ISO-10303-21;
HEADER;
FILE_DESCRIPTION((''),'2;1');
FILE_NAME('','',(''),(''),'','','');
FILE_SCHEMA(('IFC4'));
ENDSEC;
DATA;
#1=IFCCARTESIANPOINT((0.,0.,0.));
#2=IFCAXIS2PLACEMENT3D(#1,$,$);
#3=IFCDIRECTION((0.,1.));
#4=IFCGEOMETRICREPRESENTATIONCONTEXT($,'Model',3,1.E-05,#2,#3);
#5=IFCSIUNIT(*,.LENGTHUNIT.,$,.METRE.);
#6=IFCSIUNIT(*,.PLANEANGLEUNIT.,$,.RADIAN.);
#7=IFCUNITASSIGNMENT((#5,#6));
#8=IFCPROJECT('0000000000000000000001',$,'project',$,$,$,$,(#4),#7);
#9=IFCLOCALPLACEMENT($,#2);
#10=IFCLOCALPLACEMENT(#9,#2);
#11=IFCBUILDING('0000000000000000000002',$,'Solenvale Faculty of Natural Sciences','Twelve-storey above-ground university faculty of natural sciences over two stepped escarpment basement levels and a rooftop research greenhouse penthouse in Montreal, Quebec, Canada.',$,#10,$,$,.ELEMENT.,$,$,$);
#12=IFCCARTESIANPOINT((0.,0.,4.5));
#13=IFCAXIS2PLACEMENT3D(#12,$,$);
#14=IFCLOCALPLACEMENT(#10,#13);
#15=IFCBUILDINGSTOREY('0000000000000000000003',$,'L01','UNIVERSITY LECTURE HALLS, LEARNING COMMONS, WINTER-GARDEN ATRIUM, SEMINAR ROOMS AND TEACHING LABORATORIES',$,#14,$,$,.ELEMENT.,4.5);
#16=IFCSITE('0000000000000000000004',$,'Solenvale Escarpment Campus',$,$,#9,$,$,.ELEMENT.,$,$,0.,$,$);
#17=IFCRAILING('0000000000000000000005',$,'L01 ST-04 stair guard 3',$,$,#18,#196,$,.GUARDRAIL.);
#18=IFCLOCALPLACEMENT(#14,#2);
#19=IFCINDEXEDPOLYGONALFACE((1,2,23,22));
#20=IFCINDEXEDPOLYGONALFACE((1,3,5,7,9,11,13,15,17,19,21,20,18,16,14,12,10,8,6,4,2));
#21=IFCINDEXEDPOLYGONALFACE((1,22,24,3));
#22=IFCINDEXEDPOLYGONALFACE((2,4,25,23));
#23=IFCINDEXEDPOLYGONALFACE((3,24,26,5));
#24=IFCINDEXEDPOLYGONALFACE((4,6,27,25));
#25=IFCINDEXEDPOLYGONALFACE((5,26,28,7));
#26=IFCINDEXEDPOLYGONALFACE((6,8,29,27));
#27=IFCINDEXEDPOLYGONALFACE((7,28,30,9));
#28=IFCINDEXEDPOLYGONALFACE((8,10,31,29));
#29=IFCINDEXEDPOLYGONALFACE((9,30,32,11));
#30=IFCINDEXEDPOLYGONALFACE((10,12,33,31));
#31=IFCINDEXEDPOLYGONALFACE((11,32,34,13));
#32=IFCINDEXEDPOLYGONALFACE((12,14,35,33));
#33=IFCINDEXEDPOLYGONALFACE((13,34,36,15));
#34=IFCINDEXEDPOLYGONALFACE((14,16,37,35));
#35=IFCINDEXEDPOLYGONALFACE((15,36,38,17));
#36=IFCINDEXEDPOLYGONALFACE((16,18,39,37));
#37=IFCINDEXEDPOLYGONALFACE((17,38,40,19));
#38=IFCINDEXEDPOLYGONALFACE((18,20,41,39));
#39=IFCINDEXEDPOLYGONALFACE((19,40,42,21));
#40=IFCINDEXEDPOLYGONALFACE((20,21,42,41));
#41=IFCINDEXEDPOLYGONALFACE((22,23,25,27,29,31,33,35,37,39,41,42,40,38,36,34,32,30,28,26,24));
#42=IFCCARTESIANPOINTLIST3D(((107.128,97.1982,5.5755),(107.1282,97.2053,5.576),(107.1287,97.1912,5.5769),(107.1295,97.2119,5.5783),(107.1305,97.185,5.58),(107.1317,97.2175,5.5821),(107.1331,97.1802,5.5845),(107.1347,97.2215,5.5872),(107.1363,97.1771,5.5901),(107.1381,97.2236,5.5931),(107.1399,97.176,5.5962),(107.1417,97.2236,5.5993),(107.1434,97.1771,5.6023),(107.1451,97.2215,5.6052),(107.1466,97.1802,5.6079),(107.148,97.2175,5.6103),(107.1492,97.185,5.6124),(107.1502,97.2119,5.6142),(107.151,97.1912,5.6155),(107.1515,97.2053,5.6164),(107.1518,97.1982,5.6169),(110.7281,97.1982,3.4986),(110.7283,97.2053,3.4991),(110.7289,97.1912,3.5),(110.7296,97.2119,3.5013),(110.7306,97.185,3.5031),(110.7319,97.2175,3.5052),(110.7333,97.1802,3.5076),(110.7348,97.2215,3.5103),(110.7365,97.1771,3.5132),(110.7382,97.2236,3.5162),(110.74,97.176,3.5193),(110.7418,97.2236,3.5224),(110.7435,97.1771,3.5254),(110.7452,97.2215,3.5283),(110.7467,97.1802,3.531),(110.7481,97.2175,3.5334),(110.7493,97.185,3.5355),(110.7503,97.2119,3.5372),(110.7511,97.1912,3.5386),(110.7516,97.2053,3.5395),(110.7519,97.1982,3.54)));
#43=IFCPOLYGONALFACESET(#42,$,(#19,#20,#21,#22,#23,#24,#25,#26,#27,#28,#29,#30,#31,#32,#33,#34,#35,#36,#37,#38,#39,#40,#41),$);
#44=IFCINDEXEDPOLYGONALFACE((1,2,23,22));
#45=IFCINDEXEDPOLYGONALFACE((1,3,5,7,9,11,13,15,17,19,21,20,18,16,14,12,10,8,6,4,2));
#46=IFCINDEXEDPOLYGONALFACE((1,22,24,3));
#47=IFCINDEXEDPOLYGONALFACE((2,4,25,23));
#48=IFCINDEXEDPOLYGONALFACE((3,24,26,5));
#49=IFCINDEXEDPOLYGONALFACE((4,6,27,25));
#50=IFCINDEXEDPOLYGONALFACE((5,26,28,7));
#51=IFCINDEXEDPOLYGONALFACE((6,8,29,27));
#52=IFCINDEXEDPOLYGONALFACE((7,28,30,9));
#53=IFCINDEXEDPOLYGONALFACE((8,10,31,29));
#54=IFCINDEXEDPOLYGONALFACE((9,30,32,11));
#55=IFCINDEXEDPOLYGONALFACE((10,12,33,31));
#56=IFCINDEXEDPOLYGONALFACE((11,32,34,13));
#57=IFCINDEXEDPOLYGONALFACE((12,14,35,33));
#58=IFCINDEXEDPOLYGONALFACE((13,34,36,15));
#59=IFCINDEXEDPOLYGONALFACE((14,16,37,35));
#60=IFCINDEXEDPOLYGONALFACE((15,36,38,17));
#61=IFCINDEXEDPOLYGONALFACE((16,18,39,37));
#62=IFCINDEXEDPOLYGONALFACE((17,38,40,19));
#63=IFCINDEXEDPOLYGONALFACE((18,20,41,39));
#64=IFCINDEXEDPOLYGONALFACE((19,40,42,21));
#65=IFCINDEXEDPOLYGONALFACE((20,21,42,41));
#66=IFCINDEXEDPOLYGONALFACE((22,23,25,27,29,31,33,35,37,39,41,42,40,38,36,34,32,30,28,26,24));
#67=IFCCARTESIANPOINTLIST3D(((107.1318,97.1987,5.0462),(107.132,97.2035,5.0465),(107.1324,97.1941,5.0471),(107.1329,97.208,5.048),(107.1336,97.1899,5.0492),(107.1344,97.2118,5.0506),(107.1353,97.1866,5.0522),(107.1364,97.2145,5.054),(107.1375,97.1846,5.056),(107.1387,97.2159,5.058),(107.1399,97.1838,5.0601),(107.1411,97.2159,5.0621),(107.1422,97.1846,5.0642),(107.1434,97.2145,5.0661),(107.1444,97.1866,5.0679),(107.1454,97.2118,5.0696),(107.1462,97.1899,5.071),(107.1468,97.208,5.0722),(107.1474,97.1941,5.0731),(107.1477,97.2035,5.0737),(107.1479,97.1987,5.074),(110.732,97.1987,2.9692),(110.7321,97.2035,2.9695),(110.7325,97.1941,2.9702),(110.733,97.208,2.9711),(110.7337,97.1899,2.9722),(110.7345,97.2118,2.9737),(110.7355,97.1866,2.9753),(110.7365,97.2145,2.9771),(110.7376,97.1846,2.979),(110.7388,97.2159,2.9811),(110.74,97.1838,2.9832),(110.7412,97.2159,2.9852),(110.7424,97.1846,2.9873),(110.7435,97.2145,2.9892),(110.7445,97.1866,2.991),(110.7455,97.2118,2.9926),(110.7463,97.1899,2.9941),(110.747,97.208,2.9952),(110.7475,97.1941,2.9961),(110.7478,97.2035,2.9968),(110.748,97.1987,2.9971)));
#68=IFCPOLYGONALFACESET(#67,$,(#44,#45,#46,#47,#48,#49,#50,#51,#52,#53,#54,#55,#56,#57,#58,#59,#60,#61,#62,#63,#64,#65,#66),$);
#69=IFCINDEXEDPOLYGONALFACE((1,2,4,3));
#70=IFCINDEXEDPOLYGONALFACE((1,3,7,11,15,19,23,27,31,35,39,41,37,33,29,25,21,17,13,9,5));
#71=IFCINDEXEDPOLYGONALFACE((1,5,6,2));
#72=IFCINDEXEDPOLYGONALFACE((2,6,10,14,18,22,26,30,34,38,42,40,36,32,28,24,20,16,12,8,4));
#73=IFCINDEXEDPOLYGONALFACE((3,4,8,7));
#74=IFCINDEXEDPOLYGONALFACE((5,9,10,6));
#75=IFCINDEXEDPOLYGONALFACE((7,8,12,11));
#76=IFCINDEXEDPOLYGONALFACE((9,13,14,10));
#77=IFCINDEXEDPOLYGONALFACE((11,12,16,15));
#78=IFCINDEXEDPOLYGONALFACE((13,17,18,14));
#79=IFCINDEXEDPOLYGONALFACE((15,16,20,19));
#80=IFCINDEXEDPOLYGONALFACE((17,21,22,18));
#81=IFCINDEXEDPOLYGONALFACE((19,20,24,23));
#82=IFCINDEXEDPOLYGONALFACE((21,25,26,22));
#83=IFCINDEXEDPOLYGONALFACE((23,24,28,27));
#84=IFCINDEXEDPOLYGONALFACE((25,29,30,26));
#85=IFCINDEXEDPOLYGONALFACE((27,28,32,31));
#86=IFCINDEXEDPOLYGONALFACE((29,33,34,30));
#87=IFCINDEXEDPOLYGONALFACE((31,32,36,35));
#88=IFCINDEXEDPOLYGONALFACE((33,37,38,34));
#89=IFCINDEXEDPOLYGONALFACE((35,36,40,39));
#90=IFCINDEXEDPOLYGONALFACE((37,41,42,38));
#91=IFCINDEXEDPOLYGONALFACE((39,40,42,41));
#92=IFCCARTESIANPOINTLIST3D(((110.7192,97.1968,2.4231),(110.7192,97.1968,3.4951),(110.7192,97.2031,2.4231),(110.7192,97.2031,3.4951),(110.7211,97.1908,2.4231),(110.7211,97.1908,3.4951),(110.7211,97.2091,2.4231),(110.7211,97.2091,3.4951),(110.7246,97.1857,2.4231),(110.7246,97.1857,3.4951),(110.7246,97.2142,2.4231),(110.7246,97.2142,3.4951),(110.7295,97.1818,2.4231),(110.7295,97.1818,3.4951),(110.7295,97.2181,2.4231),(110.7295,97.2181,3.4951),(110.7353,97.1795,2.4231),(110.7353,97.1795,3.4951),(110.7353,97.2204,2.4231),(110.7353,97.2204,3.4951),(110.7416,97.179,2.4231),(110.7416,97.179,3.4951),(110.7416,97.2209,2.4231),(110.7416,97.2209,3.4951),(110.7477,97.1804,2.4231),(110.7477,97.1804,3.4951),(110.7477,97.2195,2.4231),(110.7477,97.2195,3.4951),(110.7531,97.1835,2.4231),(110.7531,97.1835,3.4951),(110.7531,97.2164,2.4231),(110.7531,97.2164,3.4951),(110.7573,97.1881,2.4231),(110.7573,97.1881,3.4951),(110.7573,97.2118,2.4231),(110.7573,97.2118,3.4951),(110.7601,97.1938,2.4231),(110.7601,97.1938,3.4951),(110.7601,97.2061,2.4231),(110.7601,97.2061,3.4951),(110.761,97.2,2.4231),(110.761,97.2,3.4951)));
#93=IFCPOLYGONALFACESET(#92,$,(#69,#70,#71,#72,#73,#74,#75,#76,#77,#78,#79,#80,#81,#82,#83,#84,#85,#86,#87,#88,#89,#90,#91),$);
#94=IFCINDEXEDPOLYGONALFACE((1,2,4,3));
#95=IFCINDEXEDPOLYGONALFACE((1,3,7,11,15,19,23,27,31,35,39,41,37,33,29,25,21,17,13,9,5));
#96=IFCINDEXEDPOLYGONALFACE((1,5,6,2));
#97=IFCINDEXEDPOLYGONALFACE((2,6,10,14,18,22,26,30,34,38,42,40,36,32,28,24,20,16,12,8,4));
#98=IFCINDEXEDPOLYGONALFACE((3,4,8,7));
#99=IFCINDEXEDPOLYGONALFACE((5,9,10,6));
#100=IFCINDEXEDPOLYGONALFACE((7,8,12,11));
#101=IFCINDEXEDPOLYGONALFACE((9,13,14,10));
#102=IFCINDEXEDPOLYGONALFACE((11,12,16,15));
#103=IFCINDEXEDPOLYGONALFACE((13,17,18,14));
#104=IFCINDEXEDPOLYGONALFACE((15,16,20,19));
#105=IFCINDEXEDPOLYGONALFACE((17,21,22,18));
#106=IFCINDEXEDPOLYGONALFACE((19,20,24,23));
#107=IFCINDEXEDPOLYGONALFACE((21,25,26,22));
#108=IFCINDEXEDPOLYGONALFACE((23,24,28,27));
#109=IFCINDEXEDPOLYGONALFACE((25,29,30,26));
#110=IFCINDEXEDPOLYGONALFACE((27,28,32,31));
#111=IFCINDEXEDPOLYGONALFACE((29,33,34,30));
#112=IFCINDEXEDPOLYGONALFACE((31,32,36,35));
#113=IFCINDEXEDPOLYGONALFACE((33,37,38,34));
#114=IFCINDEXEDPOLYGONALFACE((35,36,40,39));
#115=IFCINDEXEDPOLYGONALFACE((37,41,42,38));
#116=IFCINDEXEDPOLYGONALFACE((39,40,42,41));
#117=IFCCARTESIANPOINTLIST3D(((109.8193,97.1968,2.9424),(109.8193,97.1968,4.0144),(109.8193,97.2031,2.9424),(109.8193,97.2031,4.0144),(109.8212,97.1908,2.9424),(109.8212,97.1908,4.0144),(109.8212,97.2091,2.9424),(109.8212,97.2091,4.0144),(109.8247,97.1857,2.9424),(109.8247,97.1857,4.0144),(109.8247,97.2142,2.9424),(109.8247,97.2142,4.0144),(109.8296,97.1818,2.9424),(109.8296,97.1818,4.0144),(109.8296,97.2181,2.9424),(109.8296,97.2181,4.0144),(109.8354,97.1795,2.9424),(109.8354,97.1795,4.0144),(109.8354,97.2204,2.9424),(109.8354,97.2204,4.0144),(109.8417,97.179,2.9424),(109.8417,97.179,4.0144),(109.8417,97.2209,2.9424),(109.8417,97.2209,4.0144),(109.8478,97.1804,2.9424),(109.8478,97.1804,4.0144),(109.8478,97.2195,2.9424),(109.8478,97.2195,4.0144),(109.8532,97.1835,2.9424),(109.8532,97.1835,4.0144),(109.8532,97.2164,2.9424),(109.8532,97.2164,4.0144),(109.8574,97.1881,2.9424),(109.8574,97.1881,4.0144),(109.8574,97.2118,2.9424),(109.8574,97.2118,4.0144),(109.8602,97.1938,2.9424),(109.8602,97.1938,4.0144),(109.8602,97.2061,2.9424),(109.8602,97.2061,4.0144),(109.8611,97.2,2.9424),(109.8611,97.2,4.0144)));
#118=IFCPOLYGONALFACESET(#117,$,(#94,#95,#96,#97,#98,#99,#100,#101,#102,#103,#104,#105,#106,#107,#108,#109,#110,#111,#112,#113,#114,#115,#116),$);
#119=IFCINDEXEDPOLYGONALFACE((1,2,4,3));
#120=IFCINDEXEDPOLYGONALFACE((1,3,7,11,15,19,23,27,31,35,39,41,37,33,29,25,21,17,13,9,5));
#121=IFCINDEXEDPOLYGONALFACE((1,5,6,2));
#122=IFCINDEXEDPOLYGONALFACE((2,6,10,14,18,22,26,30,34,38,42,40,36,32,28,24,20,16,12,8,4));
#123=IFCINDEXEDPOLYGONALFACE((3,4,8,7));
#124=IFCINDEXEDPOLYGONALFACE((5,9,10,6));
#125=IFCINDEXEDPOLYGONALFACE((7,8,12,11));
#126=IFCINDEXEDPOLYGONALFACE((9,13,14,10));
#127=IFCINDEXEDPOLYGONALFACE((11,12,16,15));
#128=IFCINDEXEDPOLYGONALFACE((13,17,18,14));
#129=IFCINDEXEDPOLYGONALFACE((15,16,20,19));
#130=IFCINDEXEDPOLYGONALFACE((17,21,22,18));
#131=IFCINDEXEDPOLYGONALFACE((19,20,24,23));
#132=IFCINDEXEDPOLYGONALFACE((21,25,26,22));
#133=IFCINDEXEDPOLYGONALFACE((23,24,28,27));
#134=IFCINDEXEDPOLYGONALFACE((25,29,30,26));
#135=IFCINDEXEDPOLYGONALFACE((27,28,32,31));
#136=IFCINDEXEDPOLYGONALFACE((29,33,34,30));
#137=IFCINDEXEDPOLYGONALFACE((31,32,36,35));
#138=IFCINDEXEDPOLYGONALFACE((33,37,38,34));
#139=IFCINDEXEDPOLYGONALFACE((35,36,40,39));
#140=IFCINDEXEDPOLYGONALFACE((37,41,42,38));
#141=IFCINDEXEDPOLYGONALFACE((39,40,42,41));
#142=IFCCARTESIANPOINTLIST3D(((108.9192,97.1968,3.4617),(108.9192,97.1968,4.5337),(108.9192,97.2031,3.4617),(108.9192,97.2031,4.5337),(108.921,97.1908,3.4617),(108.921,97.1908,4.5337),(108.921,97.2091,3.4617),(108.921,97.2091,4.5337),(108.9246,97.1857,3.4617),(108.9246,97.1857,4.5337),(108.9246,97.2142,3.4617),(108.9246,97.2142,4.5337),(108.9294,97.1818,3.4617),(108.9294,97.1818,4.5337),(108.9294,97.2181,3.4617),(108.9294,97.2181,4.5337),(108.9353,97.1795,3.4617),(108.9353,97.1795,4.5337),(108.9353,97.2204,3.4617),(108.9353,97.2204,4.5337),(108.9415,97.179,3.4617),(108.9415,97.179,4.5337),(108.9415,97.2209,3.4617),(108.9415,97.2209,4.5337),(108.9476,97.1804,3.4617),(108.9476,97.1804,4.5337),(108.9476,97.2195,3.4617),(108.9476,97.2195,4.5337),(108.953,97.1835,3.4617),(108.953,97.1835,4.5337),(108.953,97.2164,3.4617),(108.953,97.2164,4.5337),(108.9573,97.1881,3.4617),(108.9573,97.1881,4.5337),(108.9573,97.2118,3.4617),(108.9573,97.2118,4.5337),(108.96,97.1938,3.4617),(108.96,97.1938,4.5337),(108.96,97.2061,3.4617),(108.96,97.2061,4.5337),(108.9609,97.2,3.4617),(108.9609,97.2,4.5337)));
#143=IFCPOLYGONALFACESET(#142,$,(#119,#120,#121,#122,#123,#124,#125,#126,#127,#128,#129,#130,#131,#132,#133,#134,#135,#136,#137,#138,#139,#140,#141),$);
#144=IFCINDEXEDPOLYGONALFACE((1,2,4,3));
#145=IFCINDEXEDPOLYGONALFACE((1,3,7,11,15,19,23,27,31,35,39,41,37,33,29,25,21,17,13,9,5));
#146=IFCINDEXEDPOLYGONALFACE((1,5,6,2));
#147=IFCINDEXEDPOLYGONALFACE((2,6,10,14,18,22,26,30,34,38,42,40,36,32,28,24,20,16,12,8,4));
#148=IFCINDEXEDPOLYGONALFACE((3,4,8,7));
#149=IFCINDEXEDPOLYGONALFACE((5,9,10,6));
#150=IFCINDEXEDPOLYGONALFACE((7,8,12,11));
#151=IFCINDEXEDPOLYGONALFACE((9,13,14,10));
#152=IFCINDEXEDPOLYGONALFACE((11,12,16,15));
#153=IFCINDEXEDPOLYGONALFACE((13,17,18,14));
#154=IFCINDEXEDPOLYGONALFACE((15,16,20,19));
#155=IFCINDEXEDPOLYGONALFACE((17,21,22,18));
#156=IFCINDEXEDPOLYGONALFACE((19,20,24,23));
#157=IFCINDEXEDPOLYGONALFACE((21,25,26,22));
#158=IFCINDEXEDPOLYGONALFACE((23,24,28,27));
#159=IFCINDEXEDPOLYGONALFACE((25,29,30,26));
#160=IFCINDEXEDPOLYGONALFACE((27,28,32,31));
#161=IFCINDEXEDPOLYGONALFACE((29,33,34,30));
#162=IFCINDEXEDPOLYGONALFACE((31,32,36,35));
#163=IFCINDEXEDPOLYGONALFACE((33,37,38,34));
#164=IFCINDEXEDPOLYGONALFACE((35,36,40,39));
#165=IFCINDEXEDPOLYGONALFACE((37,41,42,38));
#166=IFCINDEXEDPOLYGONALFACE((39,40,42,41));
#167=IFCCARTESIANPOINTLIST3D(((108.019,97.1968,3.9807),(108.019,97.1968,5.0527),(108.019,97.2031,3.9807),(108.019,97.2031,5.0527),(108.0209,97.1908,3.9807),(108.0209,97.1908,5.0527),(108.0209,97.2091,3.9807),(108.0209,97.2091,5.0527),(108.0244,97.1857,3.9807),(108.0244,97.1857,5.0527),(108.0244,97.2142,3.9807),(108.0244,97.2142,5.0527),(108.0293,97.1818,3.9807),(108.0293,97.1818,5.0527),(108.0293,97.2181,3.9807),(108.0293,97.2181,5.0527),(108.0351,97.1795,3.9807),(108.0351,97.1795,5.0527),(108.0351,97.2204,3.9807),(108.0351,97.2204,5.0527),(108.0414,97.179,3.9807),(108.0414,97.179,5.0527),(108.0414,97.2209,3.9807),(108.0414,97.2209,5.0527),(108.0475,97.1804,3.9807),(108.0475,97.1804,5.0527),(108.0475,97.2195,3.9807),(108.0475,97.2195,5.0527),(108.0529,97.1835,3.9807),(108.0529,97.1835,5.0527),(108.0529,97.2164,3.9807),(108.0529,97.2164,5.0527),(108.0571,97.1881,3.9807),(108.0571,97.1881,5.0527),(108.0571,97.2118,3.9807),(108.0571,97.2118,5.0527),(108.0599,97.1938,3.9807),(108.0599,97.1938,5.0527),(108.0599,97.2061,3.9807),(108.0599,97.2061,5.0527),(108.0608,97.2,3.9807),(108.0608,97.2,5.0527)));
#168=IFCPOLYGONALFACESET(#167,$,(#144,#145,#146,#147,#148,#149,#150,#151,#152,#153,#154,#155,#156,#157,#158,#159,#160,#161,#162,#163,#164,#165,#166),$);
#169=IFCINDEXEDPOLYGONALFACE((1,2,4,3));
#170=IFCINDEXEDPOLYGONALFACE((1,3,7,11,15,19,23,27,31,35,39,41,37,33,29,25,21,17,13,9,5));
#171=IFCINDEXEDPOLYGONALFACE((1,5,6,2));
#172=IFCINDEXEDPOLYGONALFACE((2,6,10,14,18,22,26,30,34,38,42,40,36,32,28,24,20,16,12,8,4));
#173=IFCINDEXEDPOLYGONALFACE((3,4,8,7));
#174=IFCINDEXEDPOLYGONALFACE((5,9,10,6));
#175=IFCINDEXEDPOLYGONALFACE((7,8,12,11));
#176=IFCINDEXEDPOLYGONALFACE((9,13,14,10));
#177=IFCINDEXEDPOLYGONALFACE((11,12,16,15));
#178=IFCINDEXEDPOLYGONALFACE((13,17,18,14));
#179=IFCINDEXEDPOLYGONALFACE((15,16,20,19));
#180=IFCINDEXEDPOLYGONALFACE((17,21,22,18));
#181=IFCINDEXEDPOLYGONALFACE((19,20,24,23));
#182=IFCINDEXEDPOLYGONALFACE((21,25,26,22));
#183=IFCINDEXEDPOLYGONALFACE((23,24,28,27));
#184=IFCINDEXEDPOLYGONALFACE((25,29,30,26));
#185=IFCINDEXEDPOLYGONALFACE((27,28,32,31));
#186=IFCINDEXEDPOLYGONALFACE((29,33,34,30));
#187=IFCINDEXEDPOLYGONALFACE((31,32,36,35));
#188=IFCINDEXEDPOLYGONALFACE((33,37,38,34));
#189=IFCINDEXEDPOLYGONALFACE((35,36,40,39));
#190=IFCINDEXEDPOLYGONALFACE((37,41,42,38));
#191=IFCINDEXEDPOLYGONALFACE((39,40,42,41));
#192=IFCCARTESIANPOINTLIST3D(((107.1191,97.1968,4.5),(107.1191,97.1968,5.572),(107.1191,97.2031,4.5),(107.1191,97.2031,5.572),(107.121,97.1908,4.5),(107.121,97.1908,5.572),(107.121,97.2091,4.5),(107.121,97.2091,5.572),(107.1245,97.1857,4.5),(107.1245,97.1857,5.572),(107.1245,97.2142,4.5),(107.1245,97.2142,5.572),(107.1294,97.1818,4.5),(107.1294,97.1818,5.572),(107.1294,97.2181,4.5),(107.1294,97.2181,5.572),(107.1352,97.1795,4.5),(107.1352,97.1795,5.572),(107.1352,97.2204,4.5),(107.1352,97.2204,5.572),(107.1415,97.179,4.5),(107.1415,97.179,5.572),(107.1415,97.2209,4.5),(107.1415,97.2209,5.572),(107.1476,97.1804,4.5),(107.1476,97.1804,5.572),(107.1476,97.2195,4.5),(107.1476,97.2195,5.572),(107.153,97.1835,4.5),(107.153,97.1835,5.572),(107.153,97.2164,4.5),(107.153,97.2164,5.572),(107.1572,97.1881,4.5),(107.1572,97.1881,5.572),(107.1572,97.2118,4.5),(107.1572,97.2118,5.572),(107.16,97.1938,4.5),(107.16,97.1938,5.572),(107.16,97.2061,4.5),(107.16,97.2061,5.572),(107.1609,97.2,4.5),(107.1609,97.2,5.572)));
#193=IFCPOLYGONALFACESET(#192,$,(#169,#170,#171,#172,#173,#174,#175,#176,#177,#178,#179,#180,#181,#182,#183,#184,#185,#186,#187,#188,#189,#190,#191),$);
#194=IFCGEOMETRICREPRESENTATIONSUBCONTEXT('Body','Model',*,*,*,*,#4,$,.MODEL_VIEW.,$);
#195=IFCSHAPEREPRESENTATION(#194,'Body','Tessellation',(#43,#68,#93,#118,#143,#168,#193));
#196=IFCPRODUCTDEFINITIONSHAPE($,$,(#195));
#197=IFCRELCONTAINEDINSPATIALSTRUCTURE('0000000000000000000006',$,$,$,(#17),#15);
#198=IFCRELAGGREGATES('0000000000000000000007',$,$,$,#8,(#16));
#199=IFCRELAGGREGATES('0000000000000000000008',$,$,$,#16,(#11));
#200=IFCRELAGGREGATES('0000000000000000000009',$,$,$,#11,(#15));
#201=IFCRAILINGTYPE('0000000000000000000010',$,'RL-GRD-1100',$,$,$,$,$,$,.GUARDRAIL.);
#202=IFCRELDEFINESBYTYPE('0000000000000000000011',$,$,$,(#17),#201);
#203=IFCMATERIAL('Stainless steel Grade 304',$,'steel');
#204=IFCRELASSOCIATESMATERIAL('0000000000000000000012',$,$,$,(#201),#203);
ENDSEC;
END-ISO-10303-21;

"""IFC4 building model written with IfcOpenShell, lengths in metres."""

from ifc_helpers import new_model, si_unit, direction, frame, origin, origin_2d, place, context, subcontext, project, spatial, circle, extrude, material, type_object, element, save


model = new_model("IFC4")

# Units and contexts
model_context = context("Model", 3, precision=1e-05, world=origin(), true_north=direction((0.0, 1.0)))
body_context = subcontext(model_context, "Body", "Model", "MODEL_VIEW")
ifc_project = project(units=[si_unit("LENGTHUNIT", "METRE"), si_unit("PLANEANGLEUNIT", "RADIAN")], contexts=[model_context])

# Site, building, storey
site_placement = place(None, origin())
site = spatial("IfcSite", under=ifc_project, at=site_placement, Name="Solenvale Escarpment Campus", CompositionType="ELEMENT", RefElevation=0.0)
building_placement = place(site_placement, origin())
building = spatial("IfcBuilding", under=site, at=building_placement, Name="Solenvale Faculty of Natural Sciences", Description="Twelve-storey above-ground university faculty of natural sciences over two stepped escarpment basement levels and a rooftop research greenhouse penthouse in Montreal, Quebec, Canada.", CompositionType="ELEMENT")
storey_placement = place(building_placement, frame((0.0, 0.0, 4.5)))
storey = spatial("IfcBuildingStorey", under=building, at=storey_placement, Name="L01", Description="UNIVERSITY LECTURE HALLS, LEARNING COMMONS, WINTER-GARDEN ATRIUM, SEMINAR ROOMS AND TEACHING LABORATORIES", CompositionType="ELEMENT", Elevation=4.5)

# Railing
ifc_material_1 = material(Name="Stainless steel Grade 304", Category="steel")
railing_type_1 = type_object("IfcRailingType", Name="RL-GRD-1100", PredefinedType="GUARDRAIL", material=ifc_material_1)
railing_1_placement = place(storey_placement, frame((110.74, 97.2, 2.4231)))
element("IfcRailing", 1, at=railing_1_placement, inside=storey, type_object=railing_type_1, Name="L01 ST-04 stair guard 3", PredefinedType="GUARDRAIL", context=body_context, shape_type="SweptSolid", body=[
    extrude(circle(Radius=0.0239, at=origin_2d()), frame((0.0, 0.0, 1.0962), z_axis=(-0.866193, 0.0, 0.499709), x_axis=(0.0, -1.0, 0.0)), (0.0, 0.0, 1.0), 4.1562),
    extrude(circle(Radius=0.0161, at=origin_2d()), frame((0.0, 0.0, 0.5601), z_axis=(-0.866193, 0.0, 0.499709), x_axis=(0.0, -1.0, 0.0)), (0.0, 0.0, 1.0), 4.1562),
    extrude(circle(Radius=0.021, at=origin_2d()), origin(), (0.0, 0.0, 1.0), 1.072),
    extrude(circle(Radius=0.021, at=origin_2d()), frame((-0.8999, 0.0, 0.5193)), (0.0, 0.0, 1.0), 1.072),
    extrude(circle(Radius=0.021, at=origin_2d()), frame((-1.8, 0.0, 1.0386)), (0.0, 0.0, 1.0), 1.072),
    extrude(circle(Radius=0.021, at=origin_2d()), frame((-2.7002, 0.0, 1.5576)), (0.0, 0.0, 1.0), 1.072),
    extrude(circle(Radius=0.021, at=origin_2d()), frame((-3.6001, 0.0, 2.0769)), (0.0, 0.0, 1.0), 1.072),
])

save(model, "model.ifc")
